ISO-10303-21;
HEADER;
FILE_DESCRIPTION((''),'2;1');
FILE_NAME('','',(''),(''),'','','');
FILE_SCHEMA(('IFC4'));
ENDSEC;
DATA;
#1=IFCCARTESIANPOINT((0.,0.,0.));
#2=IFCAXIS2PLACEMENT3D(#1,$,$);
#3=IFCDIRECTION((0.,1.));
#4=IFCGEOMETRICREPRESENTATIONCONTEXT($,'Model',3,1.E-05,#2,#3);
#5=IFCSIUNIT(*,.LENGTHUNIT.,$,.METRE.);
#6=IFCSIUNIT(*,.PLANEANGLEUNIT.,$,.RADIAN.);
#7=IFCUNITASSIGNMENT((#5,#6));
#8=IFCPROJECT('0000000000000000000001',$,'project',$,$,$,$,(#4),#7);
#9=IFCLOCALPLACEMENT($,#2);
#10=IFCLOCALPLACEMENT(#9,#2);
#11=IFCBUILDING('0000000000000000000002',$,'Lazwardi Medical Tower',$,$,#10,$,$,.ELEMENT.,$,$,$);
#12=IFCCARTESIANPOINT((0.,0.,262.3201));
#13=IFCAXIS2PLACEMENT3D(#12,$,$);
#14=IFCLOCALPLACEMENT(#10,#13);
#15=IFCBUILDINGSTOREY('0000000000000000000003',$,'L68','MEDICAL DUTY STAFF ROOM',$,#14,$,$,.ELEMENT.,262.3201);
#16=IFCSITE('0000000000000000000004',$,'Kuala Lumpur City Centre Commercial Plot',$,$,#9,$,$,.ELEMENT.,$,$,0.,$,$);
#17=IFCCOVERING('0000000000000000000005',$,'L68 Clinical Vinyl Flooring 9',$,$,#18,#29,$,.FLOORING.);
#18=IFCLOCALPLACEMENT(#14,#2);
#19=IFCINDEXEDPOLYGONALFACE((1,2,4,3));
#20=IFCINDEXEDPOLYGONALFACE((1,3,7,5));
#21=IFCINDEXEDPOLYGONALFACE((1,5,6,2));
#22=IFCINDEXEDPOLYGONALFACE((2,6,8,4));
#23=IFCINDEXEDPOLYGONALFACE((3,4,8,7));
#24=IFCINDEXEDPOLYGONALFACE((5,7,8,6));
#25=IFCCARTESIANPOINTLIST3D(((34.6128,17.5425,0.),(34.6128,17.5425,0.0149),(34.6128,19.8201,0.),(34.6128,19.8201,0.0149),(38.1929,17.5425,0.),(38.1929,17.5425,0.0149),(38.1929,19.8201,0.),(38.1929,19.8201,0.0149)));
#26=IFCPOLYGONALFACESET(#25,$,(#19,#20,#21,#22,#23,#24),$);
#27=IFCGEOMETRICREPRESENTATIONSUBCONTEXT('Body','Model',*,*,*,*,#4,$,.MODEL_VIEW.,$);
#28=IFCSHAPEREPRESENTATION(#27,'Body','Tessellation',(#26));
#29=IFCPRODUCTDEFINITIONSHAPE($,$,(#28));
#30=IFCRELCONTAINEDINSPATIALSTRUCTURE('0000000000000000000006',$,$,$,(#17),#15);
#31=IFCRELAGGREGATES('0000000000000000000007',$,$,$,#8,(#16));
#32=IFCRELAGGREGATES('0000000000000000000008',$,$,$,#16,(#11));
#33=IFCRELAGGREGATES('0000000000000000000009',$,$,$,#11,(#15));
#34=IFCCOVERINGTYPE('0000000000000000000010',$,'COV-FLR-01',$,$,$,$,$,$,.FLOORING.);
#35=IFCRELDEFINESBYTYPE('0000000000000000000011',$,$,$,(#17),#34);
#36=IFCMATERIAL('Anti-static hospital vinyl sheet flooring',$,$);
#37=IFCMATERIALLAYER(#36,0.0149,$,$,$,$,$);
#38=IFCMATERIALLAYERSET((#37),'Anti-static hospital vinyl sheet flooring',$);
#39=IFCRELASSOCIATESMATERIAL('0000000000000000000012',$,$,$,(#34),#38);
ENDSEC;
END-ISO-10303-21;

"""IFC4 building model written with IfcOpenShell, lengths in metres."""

from ifc_helpers import new_model, si_unit, direction, frame, origin, place, context, subcontext, project, spatial, polyline, outline, extrude, material, layer, layer_set, type_object, element, save


model = new_model("IFC4")

# Units and contexts
model_context = context("Model", 3, precision=1e-05, world=origin(), true_north=direction((0.0, 1.0)))
body_context = subcontext(model_context, "Body", "Model", "MODEL_VIEW")
ifc_project = project(units=[si_unit("LENGTHUNIT", "METRE"), si_unit("PLANEANGLEUNIT", "RADIAN")], contexts=[model_context])

# Site, building, storey
site_placement = place(None, origin())
site = spatial("IfcSite", under=ifc_project, at=site_placement, Name="Kuala Lumpur City Centre Commercial Plot", CompositionType="ELEMENT", RefElevation=0.0)
building_placement = place(site_placement, origin())
building = spatial("IfcBuilding", under=site, at=building_placement, Name="Lazwardi Medical Tower", CompositionType="ELEMENT")
storey_placement = place(building_placement, frame((0.0, 0.0, 262.3201)))
storey = spatial("IfcBuildingStorey", under=building, at=storey_placement, Name="L68", Description="MEDICAL DUTY STAFF ROOM", CompositionType="ELEMENT", Elevation=262.3201)

# Covering
ifc_material_1 = material(Name="Anti-static hospital vinyl sheet flooring")
ifc_layer_1 = layer(ifc_material_1, 0.0149)
ifc_layer_set_1 = layer_set([ifc_layer_1], Name="Anti-static hospital vinyl sheet flooring")
covering_type_1 = type_object("IfcCoveringType", Name="COV-FLR-01", PredefinedType="FLOORING", material=ifc_layer_set_1)
covering_1_placement = place(storey_placement, origin())
element("IfcCovering", 1, at=covering_1_placement, inside=storey, type_object=covering_type_1, Name="L68 Clinical Vinyl Flooring 9", PredefinedType="FLOORING", context=body_context, shape_type="SweptSolid", body=[
    extrude(outline(polyline([(38.1929, 19.8201), (34.6128, 19.8201), (34.6128, 17.5425), (38.1929, 17.5425), (38.1929, 19.8201)])), origin(), (0.0, 0.0, 1.0), 0.0149),
])

save(model, "model.ifc")
